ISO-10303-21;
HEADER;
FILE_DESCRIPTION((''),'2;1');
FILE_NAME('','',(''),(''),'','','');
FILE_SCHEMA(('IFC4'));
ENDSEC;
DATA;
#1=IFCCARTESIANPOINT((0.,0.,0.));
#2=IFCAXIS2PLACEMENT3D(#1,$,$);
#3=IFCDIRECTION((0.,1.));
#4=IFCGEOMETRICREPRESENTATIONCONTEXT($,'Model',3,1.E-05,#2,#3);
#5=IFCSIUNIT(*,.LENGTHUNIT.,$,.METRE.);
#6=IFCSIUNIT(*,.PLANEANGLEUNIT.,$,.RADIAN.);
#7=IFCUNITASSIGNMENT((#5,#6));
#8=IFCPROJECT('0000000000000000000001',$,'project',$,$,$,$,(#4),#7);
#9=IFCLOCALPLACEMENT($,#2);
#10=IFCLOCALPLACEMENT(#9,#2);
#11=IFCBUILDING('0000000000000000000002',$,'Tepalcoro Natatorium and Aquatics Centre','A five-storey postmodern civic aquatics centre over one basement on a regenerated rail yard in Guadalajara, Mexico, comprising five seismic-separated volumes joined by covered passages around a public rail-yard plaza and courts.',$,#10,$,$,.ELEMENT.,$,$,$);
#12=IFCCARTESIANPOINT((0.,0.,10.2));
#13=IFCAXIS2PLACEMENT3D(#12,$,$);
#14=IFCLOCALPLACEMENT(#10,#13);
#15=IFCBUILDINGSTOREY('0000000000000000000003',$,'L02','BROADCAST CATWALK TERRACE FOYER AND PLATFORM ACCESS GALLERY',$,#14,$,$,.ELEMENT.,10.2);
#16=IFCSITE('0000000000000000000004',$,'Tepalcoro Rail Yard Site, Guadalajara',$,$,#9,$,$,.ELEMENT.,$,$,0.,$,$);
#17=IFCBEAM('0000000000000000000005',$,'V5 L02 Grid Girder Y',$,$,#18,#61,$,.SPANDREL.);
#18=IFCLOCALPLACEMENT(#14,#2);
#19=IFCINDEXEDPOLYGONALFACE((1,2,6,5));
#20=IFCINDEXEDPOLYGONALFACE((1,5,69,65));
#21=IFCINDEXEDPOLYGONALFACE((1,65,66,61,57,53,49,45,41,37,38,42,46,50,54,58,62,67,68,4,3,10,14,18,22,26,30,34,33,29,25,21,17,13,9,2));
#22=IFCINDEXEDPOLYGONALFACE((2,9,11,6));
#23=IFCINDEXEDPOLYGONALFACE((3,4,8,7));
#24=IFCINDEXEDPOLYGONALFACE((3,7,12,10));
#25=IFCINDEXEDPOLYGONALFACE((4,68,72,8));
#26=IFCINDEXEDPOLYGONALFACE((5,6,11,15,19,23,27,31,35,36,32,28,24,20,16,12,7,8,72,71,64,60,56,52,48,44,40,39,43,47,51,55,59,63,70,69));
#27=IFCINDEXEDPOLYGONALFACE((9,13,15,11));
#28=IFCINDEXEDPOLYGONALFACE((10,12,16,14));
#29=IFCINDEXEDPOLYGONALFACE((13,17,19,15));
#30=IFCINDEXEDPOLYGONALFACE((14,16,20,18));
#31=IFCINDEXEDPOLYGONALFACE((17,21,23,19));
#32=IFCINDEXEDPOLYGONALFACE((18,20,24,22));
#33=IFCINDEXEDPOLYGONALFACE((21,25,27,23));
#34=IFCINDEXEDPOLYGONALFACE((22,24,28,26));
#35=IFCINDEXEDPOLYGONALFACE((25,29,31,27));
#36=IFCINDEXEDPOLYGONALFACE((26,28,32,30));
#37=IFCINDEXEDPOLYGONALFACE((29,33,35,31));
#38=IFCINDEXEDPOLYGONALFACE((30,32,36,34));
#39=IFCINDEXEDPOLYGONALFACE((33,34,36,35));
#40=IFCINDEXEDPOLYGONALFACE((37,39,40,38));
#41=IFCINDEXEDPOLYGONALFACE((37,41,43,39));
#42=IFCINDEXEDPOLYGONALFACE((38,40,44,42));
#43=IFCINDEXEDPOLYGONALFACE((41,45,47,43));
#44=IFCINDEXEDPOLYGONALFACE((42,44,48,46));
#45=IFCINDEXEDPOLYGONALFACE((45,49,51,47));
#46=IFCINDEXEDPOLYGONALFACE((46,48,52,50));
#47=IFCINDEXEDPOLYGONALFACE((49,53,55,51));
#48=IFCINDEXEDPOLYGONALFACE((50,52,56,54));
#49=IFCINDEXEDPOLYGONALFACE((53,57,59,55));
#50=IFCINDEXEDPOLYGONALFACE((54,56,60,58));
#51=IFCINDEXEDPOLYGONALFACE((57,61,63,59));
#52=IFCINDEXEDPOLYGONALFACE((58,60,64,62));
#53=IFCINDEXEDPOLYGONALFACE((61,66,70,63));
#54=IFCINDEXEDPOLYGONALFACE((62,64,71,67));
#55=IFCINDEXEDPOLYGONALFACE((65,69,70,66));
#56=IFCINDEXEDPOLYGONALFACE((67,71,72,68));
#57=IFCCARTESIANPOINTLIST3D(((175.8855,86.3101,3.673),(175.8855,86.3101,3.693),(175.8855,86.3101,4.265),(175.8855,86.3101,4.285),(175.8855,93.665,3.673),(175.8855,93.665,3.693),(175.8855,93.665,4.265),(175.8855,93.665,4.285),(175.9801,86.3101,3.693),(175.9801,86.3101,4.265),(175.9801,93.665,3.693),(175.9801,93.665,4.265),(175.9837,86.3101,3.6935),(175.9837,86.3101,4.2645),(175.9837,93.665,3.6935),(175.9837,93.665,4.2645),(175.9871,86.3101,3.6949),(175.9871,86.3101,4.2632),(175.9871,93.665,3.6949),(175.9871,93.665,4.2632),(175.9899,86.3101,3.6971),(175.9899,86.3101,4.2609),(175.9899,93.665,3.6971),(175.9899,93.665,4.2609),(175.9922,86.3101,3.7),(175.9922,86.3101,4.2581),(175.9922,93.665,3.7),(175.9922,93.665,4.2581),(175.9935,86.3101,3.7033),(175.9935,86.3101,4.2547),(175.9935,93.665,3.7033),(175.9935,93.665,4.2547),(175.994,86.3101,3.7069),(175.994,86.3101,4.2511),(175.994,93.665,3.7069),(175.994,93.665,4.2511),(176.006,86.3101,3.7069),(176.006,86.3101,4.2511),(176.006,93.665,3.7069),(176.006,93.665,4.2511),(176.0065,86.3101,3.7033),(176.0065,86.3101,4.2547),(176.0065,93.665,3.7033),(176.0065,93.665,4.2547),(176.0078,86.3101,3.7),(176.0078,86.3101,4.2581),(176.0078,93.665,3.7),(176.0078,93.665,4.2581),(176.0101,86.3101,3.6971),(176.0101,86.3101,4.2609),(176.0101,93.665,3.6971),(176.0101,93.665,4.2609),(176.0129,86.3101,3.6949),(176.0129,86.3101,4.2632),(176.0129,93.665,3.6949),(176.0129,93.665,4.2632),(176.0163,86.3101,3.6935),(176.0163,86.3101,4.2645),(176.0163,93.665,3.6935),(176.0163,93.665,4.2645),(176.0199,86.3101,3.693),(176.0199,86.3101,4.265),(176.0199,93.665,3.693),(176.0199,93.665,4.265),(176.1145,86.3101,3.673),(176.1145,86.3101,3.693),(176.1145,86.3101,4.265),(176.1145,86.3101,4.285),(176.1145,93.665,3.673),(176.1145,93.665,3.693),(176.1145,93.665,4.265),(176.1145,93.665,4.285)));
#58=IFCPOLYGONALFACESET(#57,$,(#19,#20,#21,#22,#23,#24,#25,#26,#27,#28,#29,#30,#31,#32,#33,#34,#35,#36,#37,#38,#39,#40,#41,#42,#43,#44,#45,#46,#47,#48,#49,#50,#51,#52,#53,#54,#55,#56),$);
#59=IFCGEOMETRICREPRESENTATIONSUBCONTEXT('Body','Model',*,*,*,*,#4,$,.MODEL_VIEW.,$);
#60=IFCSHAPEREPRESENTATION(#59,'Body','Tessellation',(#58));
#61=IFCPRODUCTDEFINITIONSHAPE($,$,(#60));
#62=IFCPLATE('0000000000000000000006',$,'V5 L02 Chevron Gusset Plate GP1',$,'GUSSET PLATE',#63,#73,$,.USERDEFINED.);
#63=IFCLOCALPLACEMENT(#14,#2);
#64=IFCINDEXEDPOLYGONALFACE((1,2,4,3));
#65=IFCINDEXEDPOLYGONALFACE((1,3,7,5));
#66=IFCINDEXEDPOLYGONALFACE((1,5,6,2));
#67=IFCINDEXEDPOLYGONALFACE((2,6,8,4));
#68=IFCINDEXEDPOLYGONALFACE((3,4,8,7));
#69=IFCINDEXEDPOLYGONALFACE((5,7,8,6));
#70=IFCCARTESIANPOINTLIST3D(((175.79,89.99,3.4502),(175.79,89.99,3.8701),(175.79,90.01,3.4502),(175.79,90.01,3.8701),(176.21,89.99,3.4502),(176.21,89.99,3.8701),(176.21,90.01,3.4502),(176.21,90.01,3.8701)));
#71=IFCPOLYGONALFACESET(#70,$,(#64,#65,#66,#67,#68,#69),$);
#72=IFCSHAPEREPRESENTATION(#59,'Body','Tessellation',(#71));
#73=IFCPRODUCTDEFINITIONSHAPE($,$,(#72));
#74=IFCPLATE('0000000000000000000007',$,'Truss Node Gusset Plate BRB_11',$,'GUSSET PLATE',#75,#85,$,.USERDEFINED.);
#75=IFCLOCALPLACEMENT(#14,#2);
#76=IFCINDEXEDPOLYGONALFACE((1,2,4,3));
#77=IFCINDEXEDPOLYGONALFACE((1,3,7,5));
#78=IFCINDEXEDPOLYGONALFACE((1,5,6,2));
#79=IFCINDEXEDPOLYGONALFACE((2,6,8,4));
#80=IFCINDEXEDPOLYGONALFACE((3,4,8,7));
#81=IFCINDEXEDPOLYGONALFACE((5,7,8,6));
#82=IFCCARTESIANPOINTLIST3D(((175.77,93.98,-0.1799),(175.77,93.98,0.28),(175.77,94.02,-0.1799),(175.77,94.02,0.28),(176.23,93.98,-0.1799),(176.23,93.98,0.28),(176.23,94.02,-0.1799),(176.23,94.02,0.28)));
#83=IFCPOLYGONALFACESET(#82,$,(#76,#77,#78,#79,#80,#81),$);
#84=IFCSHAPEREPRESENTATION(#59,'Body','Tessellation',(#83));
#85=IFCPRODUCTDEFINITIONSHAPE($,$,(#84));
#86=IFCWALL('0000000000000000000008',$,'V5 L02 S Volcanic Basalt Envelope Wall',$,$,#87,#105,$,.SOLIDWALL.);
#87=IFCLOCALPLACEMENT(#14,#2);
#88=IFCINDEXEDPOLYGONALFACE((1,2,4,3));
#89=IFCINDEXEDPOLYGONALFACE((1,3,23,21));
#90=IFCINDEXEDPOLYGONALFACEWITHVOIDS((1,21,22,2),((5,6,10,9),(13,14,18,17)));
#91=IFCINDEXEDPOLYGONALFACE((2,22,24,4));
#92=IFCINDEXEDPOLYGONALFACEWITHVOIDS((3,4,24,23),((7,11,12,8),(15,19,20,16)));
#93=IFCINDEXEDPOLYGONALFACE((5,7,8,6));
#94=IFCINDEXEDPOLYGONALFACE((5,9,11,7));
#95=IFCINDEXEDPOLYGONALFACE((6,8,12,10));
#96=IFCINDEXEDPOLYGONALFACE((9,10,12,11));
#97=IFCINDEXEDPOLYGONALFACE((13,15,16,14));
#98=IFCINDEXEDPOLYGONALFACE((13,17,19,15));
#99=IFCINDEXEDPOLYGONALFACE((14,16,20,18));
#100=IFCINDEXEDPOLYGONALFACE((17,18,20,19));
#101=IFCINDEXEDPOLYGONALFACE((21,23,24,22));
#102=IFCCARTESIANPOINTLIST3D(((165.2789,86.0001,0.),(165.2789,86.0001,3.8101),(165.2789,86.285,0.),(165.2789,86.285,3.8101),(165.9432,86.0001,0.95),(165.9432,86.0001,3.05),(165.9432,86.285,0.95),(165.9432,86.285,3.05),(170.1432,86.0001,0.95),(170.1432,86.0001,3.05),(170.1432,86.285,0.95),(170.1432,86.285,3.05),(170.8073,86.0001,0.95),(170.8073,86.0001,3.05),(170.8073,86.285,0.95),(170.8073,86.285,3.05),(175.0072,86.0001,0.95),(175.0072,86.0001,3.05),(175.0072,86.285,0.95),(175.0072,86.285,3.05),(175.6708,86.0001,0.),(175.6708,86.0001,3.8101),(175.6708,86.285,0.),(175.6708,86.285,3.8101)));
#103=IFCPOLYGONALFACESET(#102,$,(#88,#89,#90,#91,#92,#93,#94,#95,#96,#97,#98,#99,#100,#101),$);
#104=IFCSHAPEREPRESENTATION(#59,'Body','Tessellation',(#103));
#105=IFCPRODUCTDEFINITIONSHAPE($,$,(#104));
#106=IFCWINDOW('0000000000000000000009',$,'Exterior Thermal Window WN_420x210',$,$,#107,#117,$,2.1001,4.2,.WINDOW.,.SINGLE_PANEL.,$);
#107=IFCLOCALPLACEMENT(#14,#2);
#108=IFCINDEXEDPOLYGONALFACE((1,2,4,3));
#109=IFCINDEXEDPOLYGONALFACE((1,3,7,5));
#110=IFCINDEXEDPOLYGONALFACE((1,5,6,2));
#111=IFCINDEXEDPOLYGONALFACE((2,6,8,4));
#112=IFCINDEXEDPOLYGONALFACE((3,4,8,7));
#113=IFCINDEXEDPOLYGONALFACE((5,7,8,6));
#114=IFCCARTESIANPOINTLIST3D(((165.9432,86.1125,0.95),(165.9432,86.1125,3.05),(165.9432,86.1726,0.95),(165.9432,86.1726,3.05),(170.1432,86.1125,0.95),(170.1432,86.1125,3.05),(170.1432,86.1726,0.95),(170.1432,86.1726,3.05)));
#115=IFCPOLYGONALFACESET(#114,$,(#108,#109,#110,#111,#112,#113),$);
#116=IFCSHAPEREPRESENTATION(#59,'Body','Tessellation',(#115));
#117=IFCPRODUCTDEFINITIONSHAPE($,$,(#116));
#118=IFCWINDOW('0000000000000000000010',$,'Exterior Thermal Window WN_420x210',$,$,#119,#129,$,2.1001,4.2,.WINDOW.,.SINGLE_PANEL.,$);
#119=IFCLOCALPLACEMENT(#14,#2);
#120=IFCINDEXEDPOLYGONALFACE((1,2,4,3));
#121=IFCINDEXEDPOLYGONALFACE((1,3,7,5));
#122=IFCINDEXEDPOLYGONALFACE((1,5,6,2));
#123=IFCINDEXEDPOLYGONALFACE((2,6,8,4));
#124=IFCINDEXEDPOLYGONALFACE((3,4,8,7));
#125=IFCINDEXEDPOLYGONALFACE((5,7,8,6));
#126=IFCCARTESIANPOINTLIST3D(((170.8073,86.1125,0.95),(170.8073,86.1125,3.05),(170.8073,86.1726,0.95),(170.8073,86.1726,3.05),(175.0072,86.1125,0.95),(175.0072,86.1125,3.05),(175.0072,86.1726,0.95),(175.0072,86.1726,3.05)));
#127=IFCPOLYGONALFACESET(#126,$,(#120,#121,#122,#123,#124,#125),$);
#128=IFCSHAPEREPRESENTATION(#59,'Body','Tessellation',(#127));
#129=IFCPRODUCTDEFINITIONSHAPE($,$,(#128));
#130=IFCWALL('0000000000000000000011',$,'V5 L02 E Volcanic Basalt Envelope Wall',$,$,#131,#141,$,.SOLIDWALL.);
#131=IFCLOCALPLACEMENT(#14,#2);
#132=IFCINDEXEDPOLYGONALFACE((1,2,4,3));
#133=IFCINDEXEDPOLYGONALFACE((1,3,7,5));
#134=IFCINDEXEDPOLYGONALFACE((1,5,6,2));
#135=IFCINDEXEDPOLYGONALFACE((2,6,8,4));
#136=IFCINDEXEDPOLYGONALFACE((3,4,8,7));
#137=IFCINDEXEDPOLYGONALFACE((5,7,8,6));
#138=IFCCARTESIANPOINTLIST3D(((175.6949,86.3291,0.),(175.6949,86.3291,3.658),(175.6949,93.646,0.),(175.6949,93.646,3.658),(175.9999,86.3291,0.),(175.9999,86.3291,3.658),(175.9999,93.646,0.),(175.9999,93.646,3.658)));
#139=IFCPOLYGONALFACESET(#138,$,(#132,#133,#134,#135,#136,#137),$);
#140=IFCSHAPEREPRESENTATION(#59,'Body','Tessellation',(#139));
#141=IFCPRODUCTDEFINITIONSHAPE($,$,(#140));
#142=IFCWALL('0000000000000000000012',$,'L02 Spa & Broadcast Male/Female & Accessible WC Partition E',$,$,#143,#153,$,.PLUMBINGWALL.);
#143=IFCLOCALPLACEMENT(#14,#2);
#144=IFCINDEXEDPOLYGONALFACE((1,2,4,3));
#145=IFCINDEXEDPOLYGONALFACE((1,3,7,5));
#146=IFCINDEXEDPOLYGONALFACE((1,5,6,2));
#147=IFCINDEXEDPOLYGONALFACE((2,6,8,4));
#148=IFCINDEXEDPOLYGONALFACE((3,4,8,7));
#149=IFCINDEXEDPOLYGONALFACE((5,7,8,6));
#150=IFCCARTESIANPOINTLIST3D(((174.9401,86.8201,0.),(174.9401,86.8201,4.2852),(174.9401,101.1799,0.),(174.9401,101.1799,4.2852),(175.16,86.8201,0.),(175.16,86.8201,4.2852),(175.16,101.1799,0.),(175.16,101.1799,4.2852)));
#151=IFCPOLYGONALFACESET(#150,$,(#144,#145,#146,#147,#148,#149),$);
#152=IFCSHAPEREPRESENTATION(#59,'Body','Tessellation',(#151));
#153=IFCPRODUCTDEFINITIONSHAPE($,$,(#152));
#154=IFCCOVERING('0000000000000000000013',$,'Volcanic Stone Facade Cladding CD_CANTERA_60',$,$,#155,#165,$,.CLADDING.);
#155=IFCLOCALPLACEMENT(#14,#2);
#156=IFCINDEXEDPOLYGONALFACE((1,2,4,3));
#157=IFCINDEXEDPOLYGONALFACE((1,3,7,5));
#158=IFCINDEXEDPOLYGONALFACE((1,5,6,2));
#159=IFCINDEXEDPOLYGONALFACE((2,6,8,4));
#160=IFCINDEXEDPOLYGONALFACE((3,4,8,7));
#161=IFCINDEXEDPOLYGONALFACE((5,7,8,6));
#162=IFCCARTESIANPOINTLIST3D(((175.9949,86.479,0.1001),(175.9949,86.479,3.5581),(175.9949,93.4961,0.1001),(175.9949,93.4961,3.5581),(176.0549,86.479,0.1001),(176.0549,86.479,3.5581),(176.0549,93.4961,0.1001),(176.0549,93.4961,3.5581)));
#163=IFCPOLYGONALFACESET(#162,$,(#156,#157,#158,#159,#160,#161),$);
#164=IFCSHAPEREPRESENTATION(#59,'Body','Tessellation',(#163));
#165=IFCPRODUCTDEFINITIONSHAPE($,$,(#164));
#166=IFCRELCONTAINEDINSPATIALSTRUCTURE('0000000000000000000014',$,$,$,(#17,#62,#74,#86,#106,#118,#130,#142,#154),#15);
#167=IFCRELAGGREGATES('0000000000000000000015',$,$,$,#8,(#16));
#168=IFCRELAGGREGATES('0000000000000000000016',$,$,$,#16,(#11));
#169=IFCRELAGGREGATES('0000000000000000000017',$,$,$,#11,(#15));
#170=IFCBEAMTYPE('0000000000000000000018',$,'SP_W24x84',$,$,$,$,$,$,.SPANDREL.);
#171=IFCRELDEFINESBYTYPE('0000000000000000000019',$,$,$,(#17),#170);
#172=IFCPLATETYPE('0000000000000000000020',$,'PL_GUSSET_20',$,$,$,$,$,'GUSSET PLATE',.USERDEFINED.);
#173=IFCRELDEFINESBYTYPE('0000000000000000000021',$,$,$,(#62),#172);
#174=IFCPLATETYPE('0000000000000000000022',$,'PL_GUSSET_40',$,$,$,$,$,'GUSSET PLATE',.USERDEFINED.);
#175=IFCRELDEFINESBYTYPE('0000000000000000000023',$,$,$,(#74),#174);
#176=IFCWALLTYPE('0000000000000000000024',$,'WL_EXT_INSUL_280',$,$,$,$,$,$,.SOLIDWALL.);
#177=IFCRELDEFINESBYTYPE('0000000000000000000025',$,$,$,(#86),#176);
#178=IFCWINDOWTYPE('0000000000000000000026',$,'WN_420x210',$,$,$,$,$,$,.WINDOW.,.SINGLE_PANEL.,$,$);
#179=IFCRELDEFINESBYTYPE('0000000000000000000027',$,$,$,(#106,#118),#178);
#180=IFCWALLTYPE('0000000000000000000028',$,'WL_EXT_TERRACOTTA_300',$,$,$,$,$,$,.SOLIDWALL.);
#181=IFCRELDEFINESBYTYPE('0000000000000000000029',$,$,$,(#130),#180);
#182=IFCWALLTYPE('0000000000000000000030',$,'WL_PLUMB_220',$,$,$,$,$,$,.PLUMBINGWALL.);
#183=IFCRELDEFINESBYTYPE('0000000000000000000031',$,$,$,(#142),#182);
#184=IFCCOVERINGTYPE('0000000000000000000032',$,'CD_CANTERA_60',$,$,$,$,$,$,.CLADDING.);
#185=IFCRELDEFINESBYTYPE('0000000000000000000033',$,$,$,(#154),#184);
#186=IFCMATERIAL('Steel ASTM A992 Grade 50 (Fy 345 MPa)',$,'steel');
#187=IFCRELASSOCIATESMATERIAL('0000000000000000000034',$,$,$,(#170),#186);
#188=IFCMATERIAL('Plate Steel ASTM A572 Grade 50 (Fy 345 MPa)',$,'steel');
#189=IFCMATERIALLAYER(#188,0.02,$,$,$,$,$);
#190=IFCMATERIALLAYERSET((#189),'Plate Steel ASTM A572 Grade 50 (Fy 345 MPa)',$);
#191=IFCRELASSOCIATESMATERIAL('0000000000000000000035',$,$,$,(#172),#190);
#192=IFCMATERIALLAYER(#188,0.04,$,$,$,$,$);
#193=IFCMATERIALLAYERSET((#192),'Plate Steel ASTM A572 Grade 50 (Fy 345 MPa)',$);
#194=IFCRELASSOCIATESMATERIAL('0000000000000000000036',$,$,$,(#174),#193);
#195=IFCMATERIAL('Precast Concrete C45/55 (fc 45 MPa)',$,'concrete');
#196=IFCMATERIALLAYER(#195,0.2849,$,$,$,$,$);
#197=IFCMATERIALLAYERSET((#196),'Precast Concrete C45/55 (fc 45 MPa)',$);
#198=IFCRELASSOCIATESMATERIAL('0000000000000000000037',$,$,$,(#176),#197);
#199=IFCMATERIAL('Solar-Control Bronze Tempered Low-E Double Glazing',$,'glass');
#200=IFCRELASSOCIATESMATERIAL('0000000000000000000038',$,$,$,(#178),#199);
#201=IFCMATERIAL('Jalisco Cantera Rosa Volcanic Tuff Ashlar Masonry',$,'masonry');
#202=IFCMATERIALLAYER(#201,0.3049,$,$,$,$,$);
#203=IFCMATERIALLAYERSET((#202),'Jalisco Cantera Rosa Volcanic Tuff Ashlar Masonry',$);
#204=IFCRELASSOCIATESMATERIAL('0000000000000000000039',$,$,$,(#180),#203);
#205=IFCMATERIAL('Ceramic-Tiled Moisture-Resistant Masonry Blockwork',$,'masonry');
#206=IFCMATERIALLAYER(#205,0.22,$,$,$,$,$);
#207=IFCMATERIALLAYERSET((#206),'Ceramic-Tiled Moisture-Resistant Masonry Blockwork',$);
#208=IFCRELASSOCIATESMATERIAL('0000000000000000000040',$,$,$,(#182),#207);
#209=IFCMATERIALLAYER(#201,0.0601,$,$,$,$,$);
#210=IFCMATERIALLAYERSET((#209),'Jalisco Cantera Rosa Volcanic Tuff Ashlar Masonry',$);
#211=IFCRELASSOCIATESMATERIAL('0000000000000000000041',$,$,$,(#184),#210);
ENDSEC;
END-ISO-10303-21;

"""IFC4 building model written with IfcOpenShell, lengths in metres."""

from ifc_helpers import new_model, si_unit, direction, frame, frame_2d, origin, origin_2d, place, context, subcontext, project, spatial, rectangle, i_section, extrude, material, layer, layer_set, material_profile, profile_set, type_object, element, fill, save


model = new_model("IFC4")

# Units and contexts
model_context = context("Model", 3, precision=1e-05, world=origin(), true_north=direction((0.0, 1.0)))
body_context = subcontext(model_context, "Body", "Model", "MODEL_VIEW")
ifc_project = project(units=[si_unit("LENGTHUNIT", "METRE"), si_unit("PLANEANGLEUNIT", "RADIAN")], contexts=[model_context])

# Site, building, storey
site_placement = place(None, origin())
site = spatial("IfcSite", under=ifc_project, at=site_placement, Name="Tepalcoro Rail Yard Site, Guadalajara", CompositionType="ELEMENT", RefElevation=0.0)
building_placement = place(site_placement, origin())
building = spatial("IfcBuilding", under=site, at=building_placement, Name="Tepalcoro Natatorium and Aquatics Centre", Description="A five-storey postmodern civic aquatics centre over one basement on a regenerated rail yard in Guadalajara, Mexico, comprising five seismic-separated volumes joined by covered passages around a public rail-yard plaza and courts.", CompositionType="ELEMENT")
storey_placement = place(building_placement, frame((0.0, 0.0, 10.2)))
storey = spatial("IfcBuildingStorey", under=building, at=storey_placement, Name="L02", Description="BROADCAST CATWALK TERRACE FOYER AND PLATFORM ACCESS GALLERY", CompositionType="ELEMENT", Elevation=10.2)

# Shared definitions
ifc_material_1 = material(Name="Steel ASTM A992 Grade 50 (Fy 345 MPa)", Category="steel")

# Beam
ifc_material_profile_1 = material_profile(ifc_material_1, i_section(OverallWidth=0.229, OverallDepth=0.6121, WebThickness=0.012, FlangeThickness=0.02, FilletRadius=0.0139, at=origin_2d()), Name="W24X84")
ifc_profile_set_1 = profile_set([ifc_material_profile_1], Name="Steel ASTM A992 Grade 50 (Fy 345 MPa)")
beam_type_1 = type_object("IfcBeamType", Name="SP_W24x84", PredefinedType="SPANDREL", material=ifc_profile_set_1)
beam_1_placement = place(storey_placement, frame((176.0, 86.3101, 3.979), z_axis=(0.0, 1.0, 0.0), x_axis=(-1.0, 0.0, 0.0)))
element("IfcBeam", 1, at=beam_1_placement, inside=storey, type_object=beam_type_1, Name="V5 L02 Grid Girder Y", PredefinedType="SPANDREL", context=body_context, shape_type="SweptSolid", body=[
    extrude(i_section(OverallWidth=0.229, OverallDepth=0.6121, WebThickness=0.012, FlangeThickness=0.02, FilletRadius=0.0139, at=origin_2d()), origin(), (0.0, 0.0, 1.0), 7.355),
])

# Plates
ifc_material_2 = material(Name="Plate Steel ASTM A572 Grade 50 (Fy 345 MPa)", Category="steel")
ifc_layer_1 = layer(ifc_material_2, 0.02)
ifc_layer_set_1 = layer_set([ifc_layer_1], Name="Plate Steel ASTM A572 Grade 50 (Fy 345 MPa)")
plate_type_1 = type_object("IfcPlateType", Name="PL_GUSSET_20", ElementType="GUSSET PLATE", PredefinedType="USERDEFINED", material=ifc_layer_set_1)
plate_1_placement = place(storey_placement, frame((176.0, 90.0, 3.4502), z_axis=(0.0, 0.0, 1.0), x_axis=(1.0, 0.0, 0.0)))
element("IfcPlate", 2, at=plate_1_placement, inside=storey, type_object=plate_type_1, Name="V5 L02 Chevron Gusset Plate GP1", ObjectType="GUSSET PLATE", PredefinedType="USERDEFINED", context=body_context, shape_type="SweptSolid", body=[
    extrude(rectangle(XDim=0.4199, YDim=0.02, at=origin_2d()), origin(), (0.0, 0.0, 1.0), 0.4199),
])
ifc_layer_2 = layer(ifc_material_2, 0.04)
ifc_layer_set_2 = layer_set([ifc_layer_2], Name="Plate Steel ASTM A572 Grade 50 (Fy 345 MPa)")
plate_type_2 = type_object("IfcPlateType", Name="PL_GUSSET_40", ElementType="GUSSET PLATE", PredefinedType="USERDEFINED", material=ifc_layer_set_2)
plate_2_placement = place(storey_placement, frame((176.0, 94.0, -0.1799), z_axis=(0.0, 0.0, 1.0), x_axis=(1.0, 0.0, 0.0)))
element("IfcPlate", 3, at=plate_2_placement, inside=storey, type_object=plate_type_2, Name="Truss Node Gusset Plate BRB_11", ObjectType="GUSSET PLATE", PredefinedType="USERDEFINED", context=body_context, shape_type="SweptSolid", body=[
    extrude(rectangle(XDim=0.46, YDim=0.04, at=origin_2d()), origin(), (0.0, 0.0, 1.0), 0.46),
])

# Wall, openings, windows
ifc_material_3 = material(Name="Precast Concrete C45/55 (fc 45 MPa)", Category="concrete")
ifc_layer_3 = layer(ifc_material_3, 0.2849)
ifc_layer_set_3 = layer_set([ifc_layer_3], Name="Precast Concrete C45/55 (fc 45 MPa)")
wall_type_1 = type_object("IfcWallType", Name="WL_EXT_INSUL_280", PredefinedType="SOLIDWALL", material=ifc_layer_set_3)
wall_1_placement = place(storey_placement, frame((165.2791, 86.1426, 0.0), z_axis=(0.0, 0.0, 1.0), x_axis=(1.0, 0.0, 0.0)))
wall_1 = element("IfcWall", 4, at=wall_1_placement, inside=storey, type_object=wall_type_1, Name="V5 L02 S Volcanic Basalt Envelope Wall", PredefinedType="SOLIDWALL", context=body_context, shape_type="SweptSolid", body=[
    extrude(rectangle(XDim=10.3918, YDim=0.2849, at=frame_2d((5.1958, 0.0))), origin(), (0.0, 0.0, 1.0), 3.8101),
])
opening_1_placement = place(wall_1_placement, frame((0.6641, 0.0, 0.95)))
opening_1 = element("IfcOpeningElement", 5, at=opening_1_placement, cuts=wall_1, PredefinedType="OPENING", context=body_context, shape_type="SweptSolid", body=[
    extrude(rectangle(XDim=4.2, YDim=2.1001, at=frame_2d((2.1001, 1.05))), frame((0.0, 0.1543, 0.0), z_axis=(0.0, -1.0, 0.0), x_axis=(1.0, 0.0, 0.0)), (0.0, 0.0, 1.0), 0.3088),
])
opening_2_placement = place(wall_1_placement, frame((5.5281, 0.0, 0.95)))
opening_2 = element("IfcOpeningElement", 6, at=opening_2_placement, cuts=wall_1, PredefinedType="OPENING", context=body_context, shape_type="SweptSolid", body=[
    extrude(rectangle(XDim=4.2, YDim=2.1001, at=frame_2d((2.1001, 1.05))), frame((0.0, 0.1543, 0.0), z_axis=(0.0, -1.0, 0.0), x_axis=(1.0, 0.0, 0.0)), (0.0, 0.0, 1.0), 0.3088),
])
ifc_material_4 = material(Name="Solar-Control Bronze Tempered Low-E Double Glazing", Category="glass")
window_type = type_object("IfcWindowType", Name="WN_420x210", PartitioningType="SINGLE_PANEL", PredefinedType="WINDOW", material=ifc_material_4)
window_1_placement = place(opening_1_placement, origin())
window_1 = element("IfcWindow", 7, at=window_1_placement, inside=storey, type_object=window_type, Name="Exterior Thermal Window WN_420x210", OverallHeight=2.1001, OverallWidth=4.2, PartitioningType="SINGLE_PANEL", PredefinedType="WINDOW", context=body_context, shape_type="SweptSolid", body=[
    extrude(rectangle(XDim=4.2, YDim=2.1001, at=frame_2d((2.1001, 1.05))), frame((0.0, 0.03, 0.0), z_axis=(0.0, -1.0, 0.0), x_axis=(1.0, 0.0, 0.0)), (0.0, 0.0, 1.0), 0.0601),
])
fill(opening_1, window_1)
window_2_placement = place(opening_2_placement, origin())
window_2 = element("IfcWindow", 8, at=window_2_placement, inside=storey, type_object=window_type, Name="Exterior Thermal Window WN_420x210", OverallHeight=2.1001, OverallWidth=4.2, PartitioningType="SINGLE_PANEL", PredefinedType="WINDOW", context=body_context, shape_type="SweptSolid", body=[
    extrude(rectangle(XDim=4.2, YDim=2.1001, at=frame_2d((2.1001, 1.05))), frame((0.0, 0.03, 0.0), z_axis=(0.0, -1.0, 0.0), x_axis=(1.0, 0.0, 0.0)), (0.0, 0.0, 1.0), 0.0601),
])
fill(opening_2, window_2)

# Walls
ifc_material_5 = material(Name="Jalisco Cantera Rosa Volcanic Tuff Ashlar Masonry", Category="masonry")
ifc_layer_4 = layer(ifc_material_5, 0.3049)
ifc_layer_set_4 = layer_set([ifc_layer_4], Name="Jalisco Cantera Rosa Volcanic Tuff Ashlar Masonry")
wall_type_2 = type_object("IfcWallType", Name="WL_EXT_TERRACOTTA_300", PredefinedType="SOLIDWALL", material=ifc_layer_set_4)
wall_2_placement = place(storey_placement, frame((175.8474, 86.3291, 0.0), z_axis=(0.0, 0.0, 1.0), x_axis=(0.0, 1.0, 0.0)))
element("IfcWall", 9, at=wall_2_placement, inside=storey, type_object=wall_type_2, Name="V5 L02 E Volcanic Basalt Envelope Wall", PredefinedType="SOLIDWALL", context=body_context, shape_type="SweptSolid", body=[
    extrude(rectangle(XDim=7.3169, YDim=0.3049, at=frame_2d((3.6584, 0.0))), origin(), (0.0, 0.0, 1.0), 3.658),
])
ifc_material_6 = material(Name="Ceramic-Tiled Moisture-Resistant Masonry Blockwork", Category="masonry")
ifc_layer_5 = layer(ifc_material_6, 0.22)
ifc_layer_set_5 = layer_set([ifc_layer_5], Name="Ceramic-Tiled Moisture-Resistant Masonry Blockwork")
wall_type_3 = type_object("IfcWallType", Name="WL_PLUMB_220", PredefinedType="PLUMBINGWALL", material=ifc_layer_set_5)
wall_3_placement = place(storey_placement, frame((175.05, 86.8201, 0.0), z_axis=(0.0, 0.0, 1.0), x_axis=(0.0, 1.0, 0.0)))
element("IfcWall", 10, at=wall_3_placement, inside=storey, type_object=wall_type_3, Name="L02 Spa & Broadcast Male/Female & Accessible WC Partition E", PredefinedType="PLUMBINGWALL", context=body_context, shape_type="SweptSolid", body=[
    extrude(rectangle(XDim=14.3599, YDim=0.22, at=frame_2d((7.1799, 0.0))), origin(), (0.0, 0.0, 1.0), 4.2852),
])

# Covering
ifc_layer_6 = layer(ifc_material_5, 0.0601)
ifc_layer_set_6 = layer_set([ifc_layer_6], Name="Jalisco Cantera Rosa Volcanic Tuff Ashlar Masonry")
covering_type = type_object("IfcCoveringType", Name="CD_CANTERA_60", PredefinedType="CLADDING", material=ifc_layer_set_6)
covering_placement = place(storey_placement, frame((176.0249, 89.9875, 0.1001), z_axis=(0.0, 0.0, 1.0), x_axis=(1.0, 0.0, 0.0)))
element("IfcCovering", 11, at=covering_placement, inside=storey, type_object=covering_type, Name="Volcanic Stone Facade Cladding CD_CANTERA_60", PredefinedType="CLADDING", context=body_context, shape_type="SweptSolid", body=[
    extrude(rectangle(XDim=0.0601, YDim=7.0171, at=origin_2d()), origin(), (0.0, 0.0, 1.0), 3.458),
])

save(model, "model.ifc")
